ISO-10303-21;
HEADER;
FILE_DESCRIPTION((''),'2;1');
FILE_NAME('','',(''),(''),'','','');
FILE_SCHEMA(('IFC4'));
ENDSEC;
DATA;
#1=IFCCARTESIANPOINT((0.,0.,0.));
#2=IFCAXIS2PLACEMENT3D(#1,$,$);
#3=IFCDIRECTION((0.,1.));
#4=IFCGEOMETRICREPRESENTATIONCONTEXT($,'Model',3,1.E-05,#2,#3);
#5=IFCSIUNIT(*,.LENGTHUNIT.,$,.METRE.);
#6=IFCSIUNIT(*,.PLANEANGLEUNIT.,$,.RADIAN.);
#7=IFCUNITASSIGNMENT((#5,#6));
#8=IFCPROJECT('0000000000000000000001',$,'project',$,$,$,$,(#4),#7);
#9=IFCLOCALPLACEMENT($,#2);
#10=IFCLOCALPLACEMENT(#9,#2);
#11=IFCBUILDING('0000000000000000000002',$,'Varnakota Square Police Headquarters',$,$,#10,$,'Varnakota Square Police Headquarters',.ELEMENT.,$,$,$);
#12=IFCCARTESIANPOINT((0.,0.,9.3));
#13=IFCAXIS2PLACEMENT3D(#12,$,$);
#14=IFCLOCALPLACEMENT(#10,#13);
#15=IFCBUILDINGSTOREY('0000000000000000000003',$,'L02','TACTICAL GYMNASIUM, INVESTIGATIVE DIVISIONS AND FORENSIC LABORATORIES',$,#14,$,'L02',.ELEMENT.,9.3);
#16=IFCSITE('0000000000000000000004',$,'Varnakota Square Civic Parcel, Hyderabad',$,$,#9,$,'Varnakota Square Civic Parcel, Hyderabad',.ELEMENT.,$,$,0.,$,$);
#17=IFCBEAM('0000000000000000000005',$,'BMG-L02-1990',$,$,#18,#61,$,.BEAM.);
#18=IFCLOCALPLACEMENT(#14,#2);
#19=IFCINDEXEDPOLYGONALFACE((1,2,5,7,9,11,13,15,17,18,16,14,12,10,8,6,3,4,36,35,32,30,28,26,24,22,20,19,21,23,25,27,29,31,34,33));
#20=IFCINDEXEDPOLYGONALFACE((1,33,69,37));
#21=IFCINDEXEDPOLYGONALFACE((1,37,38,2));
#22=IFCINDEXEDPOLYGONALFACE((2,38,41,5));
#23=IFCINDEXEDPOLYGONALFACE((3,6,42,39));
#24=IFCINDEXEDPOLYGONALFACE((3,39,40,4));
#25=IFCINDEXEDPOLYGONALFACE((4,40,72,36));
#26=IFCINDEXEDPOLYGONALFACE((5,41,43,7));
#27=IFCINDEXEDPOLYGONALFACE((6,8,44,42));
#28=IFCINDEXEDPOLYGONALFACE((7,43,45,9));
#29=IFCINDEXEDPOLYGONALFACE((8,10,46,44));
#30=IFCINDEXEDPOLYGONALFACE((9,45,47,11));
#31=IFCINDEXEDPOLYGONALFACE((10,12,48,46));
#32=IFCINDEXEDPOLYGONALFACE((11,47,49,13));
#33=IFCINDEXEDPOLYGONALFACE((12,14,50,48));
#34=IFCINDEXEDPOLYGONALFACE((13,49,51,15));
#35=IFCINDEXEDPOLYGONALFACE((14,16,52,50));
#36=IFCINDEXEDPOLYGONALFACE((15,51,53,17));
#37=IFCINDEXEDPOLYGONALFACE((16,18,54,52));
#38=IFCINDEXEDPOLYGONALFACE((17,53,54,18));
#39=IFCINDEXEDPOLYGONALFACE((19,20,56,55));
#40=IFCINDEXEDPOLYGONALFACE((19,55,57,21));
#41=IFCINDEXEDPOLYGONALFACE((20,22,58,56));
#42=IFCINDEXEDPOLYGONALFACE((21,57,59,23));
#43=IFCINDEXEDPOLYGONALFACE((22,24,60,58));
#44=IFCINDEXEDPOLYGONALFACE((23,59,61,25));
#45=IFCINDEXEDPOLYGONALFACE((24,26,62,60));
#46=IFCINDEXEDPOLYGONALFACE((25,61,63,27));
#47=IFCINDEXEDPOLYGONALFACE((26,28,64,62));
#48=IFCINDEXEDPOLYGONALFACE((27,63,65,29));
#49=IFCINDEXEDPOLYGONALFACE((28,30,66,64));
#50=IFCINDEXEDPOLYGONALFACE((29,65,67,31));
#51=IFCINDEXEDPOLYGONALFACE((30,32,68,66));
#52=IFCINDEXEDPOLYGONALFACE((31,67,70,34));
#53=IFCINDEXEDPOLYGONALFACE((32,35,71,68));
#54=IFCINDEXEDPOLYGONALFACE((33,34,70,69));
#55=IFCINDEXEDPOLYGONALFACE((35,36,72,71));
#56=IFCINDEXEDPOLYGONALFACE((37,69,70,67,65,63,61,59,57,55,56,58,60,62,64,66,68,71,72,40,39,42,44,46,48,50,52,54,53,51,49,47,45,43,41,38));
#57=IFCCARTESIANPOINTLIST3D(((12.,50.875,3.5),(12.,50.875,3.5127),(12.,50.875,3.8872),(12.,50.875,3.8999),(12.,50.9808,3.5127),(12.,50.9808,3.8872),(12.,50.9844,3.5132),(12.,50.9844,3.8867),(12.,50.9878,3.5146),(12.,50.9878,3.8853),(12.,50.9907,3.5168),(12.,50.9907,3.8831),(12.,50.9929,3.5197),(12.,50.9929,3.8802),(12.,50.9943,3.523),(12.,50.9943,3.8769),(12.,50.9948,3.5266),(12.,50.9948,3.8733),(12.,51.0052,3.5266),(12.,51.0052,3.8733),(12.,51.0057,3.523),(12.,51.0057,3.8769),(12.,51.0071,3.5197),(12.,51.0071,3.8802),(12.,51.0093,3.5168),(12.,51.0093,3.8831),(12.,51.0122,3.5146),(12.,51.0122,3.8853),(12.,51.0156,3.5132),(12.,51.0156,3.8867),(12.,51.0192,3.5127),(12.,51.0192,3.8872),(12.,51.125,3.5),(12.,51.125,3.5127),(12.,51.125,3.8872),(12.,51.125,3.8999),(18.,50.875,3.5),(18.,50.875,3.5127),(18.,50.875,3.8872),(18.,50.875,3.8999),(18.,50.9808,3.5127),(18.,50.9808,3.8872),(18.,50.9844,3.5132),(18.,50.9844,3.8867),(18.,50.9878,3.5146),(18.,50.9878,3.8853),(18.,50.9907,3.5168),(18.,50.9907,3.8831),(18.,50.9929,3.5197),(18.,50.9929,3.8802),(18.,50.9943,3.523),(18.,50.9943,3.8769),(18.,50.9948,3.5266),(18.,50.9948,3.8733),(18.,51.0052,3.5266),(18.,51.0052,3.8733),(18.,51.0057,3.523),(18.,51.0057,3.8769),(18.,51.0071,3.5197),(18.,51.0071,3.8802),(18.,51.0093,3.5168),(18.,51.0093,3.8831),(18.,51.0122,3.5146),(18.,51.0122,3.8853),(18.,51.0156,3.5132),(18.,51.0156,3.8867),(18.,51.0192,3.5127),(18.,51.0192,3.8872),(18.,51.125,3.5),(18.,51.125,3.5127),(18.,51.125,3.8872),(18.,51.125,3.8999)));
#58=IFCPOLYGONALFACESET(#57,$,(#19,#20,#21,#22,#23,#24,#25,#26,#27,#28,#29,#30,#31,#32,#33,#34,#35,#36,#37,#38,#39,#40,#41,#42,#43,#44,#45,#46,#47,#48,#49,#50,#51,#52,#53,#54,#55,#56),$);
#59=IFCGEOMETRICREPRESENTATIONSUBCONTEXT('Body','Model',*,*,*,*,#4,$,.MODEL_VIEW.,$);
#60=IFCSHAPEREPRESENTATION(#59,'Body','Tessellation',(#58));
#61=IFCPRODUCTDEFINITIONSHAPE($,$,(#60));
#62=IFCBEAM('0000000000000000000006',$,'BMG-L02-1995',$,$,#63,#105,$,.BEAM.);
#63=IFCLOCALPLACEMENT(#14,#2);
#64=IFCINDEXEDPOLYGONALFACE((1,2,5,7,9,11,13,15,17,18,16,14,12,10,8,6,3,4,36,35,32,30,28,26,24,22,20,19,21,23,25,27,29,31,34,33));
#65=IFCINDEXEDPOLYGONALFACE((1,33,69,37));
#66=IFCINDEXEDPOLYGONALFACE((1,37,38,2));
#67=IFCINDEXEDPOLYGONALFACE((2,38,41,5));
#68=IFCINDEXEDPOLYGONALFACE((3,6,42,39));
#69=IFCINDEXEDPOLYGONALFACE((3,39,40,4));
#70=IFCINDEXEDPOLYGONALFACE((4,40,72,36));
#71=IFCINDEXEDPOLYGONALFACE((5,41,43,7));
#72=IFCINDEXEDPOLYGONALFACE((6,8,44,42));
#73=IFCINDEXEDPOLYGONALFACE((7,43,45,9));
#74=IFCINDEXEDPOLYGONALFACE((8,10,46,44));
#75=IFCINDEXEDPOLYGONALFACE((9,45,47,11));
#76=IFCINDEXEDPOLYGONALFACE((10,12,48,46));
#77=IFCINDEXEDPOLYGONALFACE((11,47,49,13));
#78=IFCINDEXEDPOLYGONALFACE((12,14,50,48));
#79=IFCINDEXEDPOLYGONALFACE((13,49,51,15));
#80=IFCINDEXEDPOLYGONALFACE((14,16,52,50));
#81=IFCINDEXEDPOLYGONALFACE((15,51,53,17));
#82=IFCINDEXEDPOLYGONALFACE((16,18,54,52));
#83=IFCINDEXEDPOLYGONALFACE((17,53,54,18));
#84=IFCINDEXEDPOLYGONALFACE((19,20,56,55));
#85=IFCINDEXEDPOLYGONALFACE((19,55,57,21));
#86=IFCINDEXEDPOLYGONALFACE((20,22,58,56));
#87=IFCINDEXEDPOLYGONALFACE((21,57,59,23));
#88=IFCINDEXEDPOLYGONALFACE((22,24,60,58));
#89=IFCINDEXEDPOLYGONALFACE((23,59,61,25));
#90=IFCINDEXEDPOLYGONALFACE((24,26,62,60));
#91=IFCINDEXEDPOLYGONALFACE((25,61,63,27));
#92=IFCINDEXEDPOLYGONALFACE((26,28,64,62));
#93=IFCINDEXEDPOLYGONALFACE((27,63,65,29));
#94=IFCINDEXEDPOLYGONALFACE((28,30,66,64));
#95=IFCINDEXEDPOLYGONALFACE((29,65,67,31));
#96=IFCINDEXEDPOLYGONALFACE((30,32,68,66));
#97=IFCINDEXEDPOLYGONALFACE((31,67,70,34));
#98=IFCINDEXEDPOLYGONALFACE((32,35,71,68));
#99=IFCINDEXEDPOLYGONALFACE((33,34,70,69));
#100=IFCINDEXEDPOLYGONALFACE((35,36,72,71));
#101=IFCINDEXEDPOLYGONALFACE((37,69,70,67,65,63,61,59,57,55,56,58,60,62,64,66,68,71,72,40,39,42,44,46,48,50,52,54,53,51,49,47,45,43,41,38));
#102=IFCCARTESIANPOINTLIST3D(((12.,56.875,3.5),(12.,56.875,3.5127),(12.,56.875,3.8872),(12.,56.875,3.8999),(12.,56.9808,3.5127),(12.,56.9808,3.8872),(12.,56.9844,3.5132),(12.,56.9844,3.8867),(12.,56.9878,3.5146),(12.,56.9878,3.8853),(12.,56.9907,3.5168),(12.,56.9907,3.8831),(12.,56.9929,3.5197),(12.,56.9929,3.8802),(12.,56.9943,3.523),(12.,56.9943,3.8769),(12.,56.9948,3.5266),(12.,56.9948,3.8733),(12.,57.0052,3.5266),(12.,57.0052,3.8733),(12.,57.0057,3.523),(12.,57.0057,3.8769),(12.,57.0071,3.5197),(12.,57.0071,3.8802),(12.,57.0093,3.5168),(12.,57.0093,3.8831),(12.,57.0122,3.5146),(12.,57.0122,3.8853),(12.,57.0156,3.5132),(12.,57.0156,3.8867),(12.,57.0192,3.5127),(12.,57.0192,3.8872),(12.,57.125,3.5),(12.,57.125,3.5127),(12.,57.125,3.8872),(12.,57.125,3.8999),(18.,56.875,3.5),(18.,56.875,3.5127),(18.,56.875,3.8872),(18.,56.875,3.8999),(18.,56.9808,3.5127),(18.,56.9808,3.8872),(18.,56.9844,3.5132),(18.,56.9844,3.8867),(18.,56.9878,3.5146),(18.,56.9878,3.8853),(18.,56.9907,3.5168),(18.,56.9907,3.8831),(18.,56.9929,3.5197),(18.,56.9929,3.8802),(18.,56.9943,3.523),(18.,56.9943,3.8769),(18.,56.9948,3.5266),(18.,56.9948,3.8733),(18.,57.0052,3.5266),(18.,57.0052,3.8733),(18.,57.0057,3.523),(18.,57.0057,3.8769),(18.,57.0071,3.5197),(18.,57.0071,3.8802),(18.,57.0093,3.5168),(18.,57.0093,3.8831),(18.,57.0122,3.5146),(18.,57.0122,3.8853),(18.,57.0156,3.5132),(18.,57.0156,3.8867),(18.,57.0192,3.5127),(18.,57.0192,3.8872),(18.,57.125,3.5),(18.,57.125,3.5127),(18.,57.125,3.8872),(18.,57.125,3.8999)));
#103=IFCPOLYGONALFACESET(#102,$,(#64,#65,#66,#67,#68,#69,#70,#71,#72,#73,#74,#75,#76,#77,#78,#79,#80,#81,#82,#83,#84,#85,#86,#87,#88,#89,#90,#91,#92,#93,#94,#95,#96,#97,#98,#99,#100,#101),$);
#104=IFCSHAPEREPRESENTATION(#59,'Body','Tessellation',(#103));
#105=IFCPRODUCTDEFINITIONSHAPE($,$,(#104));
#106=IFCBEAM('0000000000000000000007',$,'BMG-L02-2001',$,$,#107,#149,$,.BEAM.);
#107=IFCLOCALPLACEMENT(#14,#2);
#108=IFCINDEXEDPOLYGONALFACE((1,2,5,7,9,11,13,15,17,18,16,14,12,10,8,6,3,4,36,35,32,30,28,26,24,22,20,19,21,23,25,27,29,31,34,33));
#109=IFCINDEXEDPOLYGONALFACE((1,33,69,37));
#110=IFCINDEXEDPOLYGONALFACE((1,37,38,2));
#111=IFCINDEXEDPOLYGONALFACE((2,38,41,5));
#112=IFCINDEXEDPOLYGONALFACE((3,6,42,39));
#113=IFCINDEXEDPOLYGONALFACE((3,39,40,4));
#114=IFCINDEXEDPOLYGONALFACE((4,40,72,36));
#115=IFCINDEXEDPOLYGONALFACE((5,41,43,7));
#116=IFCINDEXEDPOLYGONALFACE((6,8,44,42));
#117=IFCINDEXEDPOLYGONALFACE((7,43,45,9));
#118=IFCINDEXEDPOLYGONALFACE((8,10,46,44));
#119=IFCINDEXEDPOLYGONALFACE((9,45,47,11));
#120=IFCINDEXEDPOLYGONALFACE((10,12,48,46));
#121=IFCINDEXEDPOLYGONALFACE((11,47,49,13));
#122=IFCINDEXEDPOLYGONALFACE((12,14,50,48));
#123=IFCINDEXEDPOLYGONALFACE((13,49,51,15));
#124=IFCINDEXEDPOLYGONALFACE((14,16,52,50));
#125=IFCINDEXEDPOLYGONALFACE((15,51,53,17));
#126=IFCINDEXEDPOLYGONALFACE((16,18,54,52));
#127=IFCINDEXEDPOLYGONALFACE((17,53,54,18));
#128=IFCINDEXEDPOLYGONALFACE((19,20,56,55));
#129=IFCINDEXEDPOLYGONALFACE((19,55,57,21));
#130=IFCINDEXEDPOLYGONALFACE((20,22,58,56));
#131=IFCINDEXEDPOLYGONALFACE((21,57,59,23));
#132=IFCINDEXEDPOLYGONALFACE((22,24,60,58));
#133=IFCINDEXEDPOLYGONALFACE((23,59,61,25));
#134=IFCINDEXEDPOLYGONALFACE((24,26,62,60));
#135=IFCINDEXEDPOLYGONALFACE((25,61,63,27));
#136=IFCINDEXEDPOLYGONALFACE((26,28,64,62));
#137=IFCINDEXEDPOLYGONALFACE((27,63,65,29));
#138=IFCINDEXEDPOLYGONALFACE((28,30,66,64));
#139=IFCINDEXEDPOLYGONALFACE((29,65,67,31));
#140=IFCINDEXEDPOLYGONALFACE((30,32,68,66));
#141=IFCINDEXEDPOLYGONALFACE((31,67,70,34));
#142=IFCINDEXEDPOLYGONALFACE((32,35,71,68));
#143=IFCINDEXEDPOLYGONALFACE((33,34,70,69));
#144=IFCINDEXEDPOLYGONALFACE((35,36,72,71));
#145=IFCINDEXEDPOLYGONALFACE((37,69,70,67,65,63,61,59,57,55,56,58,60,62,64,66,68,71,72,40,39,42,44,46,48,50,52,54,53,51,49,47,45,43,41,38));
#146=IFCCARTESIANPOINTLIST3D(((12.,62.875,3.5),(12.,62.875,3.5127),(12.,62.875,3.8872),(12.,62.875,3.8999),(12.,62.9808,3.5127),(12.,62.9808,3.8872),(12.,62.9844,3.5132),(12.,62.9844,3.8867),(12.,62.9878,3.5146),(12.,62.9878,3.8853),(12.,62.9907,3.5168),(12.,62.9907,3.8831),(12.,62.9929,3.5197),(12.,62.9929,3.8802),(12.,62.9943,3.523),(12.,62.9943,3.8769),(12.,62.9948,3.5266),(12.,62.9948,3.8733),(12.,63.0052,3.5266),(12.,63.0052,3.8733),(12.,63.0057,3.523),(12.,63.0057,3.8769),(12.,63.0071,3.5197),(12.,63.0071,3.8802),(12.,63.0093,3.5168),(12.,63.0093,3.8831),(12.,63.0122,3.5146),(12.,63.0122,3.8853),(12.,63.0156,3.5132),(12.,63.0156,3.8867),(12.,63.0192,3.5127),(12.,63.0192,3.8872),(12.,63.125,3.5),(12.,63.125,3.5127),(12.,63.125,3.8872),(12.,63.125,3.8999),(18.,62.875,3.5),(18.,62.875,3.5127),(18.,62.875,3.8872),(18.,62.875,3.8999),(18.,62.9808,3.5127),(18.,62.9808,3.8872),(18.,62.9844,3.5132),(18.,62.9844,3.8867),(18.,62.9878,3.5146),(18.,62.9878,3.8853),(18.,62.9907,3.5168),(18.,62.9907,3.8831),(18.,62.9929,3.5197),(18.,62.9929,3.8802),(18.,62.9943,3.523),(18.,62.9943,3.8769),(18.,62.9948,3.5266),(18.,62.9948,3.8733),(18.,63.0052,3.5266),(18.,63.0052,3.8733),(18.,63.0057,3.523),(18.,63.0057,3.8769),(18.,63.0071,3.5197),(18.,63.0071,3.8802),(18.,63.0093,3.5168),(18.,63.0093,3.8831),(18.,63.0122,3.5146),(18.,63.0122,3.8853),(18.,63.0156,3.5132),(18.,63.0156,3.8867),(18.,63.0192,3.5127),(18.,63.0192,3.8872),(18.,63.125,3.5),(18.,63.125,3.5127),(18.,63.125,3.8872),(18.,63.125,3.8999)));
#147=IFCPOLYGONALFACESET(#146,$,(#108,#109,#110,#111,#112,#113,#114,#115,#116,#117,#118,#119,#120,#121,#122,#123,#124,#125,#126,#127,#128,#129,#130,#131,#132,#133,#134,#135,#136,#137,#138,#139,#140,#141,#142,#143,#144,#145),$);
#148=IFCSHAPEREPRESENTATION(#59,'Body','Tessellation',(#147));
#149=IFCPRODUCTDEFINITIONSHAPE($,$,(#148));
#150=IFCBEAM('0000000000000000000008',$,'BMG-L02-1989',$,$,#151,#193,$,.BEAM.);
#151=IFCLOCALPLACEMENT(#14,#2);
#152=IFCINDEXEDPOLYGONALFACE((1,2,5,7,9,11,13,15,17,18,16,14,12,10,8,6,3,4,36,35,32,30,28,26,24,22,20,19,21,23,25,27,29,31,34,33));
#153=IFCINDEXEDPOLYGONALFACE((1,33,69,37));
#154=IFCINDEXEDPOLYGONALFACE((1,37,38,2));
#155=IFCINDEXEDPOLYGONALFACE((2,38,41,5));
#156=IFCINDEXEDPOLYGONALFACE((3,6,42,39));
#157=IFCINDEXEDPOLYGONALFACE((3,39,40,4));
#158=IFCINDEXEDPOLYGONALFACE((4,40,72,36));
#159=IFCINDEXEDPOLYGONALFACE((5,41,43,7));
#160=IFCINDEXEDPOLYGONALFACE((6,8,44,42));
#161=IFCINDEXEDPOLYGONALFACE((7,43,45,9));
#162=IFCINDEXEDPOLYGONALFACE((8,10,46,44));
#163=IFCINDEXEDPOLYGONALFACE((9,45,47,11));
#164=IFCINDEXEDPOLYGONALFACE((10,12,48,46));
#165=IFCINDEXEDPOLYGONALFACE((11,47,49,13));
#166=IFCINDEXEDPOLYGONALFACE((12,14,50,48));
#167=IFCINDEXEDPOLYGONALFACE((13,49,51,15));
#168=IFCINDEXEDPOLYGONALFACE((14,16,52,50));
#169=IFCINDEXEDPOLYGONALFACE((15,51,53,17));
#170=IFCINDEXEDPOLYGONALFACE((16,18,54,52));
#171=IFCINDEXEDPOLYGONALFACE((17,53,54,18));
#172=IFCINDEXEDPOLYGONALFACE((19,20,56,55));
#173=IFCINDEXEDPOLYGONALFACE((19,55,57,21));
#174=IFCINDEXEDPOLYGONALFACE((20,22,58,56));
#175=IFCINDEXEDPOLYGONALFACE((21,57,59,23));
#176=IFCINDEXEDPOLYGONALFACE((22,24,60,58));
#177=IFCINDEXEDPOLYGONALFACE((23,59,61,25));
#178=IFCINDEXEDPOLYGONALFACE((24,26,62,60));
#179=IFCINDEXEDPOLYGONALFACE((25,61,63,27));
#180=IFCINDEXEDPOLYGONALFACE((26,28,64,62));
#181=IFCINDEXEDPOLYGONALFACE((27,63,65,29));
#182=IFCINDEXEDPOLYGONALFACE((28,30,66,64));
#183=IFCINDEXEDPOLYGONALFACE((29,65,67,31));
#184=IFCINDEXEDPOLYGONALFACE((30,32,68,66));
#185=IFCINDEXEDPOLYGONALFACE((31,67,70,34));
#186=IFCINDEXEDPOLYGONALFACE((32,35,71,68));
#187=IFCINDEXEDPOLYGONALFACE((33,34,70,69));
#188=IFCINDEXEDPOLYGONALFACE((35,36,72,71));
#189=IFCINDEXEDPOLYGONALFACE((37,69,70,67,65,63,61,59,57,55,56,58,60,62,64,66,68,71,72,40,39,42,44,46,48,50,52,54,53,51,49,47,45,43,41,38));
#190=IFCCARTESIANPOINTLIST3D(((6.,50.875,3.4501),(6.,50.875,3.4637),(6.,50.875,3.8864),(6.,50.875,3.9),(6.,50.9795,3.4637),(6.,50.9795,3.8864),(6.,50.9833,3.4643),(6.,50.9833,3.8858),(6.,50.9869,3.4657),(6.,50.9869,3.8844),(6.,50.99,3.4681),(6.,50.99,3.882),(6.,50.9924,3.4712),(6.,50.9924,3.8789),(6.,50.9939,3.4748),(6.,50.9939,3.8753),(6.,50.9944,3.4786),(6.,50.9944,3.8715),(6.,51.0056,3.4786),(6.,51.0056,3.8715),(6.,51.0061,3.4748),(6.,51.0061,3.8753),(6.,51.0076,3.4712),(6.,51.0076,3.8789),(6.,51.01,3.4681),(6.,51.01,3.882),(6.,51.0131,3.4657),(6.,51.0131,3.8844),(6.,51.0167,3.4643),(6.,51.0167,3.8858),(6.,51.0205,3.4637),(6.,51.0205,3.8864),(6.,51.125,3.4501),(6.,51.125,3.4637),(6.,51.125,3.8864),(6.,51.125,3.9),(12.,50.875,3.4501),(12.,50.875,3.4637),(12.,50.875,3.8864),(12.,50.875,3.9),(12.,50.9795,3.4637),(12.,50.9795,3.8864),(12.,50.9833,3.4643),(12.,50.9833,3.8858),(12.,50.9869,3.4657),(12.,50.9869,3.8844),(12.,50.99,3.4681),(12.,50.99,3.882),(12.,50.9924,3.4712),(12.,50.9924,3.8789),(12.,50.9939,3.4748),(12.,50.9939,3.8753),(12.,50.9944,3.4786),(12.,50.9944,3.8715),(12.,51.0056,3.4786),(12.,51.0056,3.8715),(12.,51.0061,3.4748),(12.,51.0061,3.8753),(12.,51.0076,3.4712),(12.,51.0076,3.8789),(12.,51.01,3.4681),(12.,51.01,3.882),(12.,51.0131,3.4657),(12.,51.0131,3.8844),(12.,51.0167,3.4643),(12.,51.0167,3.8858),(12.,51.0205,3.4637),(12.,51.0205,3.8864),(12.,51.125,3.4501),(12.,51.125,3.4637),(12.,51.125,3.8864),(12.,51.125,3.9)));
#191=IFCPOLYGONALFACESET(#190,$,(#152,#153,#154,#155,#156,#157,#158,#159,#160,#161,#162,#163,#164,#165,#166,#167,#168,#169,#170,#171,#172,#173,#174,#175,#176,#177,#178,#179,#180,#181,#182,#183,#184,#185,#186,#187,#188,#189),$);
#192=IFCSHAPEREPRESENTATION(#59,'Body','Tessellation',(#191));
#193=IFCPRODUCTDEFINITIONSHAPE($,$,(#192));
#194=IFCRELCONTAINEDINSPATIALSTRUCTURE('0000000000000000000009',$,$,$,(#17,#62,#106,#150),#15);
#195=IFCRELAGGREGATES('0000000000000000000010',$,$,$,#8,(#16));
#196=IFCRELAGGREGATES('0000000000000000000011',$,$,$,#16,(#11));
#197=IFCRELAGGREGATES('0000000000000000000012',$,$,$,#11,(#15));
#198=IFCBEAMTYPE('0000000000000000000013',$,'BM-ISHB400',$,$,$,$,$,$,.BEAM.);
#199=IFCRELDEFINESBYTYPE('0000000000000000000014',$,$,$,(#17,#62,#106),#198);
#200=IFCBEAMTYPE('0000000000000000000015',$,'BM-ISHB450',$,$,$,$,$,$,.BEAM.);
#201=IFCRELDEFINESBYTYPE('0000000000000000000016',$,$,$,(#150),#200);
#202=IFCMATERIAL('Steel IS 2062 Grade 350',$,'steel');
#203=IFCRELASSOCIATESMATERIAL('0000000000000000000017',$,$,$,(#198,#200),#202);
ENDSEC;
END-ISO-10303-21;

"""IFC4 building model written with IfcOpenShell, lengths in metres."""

from ifc_helpers import new_model, si_unit, direction, frame, origin, origin_2d, place, context, subcontext, project, spatial, i_section, extrude, material, material_profile, profile_set, type_object, element, save


model = new_model("IFC4")

# Units and contexts
model_context = context("Model", 3, precision=1e-05, world=origin(), true_north=direction((0.0, 1.0)))
body_context = subcontext(model_context, "Body", "Model", "MODEL_VIEW")
ifc_project = project(units=[si_unit("LENGTHUNIT", "METRE"), si_unit("PLANEANGLEUNIT", "RADIAN")], contexts=[model_context])

# Site, building, storey
site_placement = place(None, origin())
site = spatial("IfcSite", under=ifc_project, at=site_placement, Name="Varnakota Square Civic Parcel, Hyderabad", LongName="Varnakota Square Civic Parcel, Hyderabad", CompositionType="ELEMENT", RefElevation=0.0)
building_placement = place(site_placement, origin())
building = spatial("IfcBuilding", under=site, at=building_placement, Name="Varnakota Square Police Headquarters", LongName="Varnakota Square Police Headquarters", CompositionType="ELEMENT")
storey_placement = place(building_placement, frame((0.0, 0.0, 9.3)))
storey = spatial("IfcBuildingStorey", under=building, at=storey_placement, Name="L02", Description="TACTICAL GYMNASIUM, INVESTIGATIVE DIVISIONS AND FORENSIC LABORATORIES", LongName="L02", CompositionType="ELEMENT", Elevation=9.3)

# Shared definitions
ifc_material_1 = material(Name="Steel IS 2062 Grade 350", Category="steel")

# Beams
ifc_material_profile_1 = material_profile(ifc_material_1, i_section(OverallWidth=0.25, OverallDepth=0.3999, WebThickness=0.0105, FlangeThickness=0.0127, FilletRadius=0.0139, at=origin_2d()), Name="ISHB 400")
ifc_profile_set_1 = profile_set([ifc_material_profile_1], Name="Steel IS 2062 Grade 350")
beam_type_1 = type_object("IfcBeamType", Name="BM-ISHB400", PredefinedType="BEAM", material=ifc_profile_set_1)
for number, where, z_axis, x_axis, name in (
    (1, (12.0, 51.0, 3.7), (1.0, 0.0, 0.0), (0.0, 1.0, 0.0), "BMG-L02-1990"),
    (2, (12.0, 57.0, 3.7), (1.0, 0.0, 0.0), (0.0, 1.0, 0.0), "BMG-L02-1995"),
    (3, (12.0, 63.0, 3.7), (1.0, 0.0, 0.0), (0.0, 1.0, 0.0), "BMG-L02-2001"),
):
    element("IfcBeam", number, at=place(storey_placement, frame(where, z_axis=z_axis, x_axis=x_axis)), inside=storey, type_object=beam_type_1, Name=name, PredefinedType="BEAM", context=body_context, shape_type="SweptSolid", body=[
        extrude(i_section(OverallWidth=0.25, OverallDepth=0.3999, WebThickness=0.0105, FlangeThickness=0.0127, FilletRadius=0.0139, at=origin_2d()), origin(), (0.0, 0.0, 1.0), 6.0),
    ])
ifc_material_profile_2 = material_profile(ifc_material_1, i_section(OverallWidth=0.25, OverallDepth=0.45, WebThickness=0.0112, FlangeThickness=0.0137, FilletRadius=0.0149, at=origin_2d()), Name="ISHB 450")
ifc_profile_set_2 = profile_set([ifc_material_profile_2], Name="Steel IS 2062 Grade 350")
beam_type_2 = type_object("IfcBeamType", Name="BM-ISHB450", PredefinedType="BEAM", material=ifc_profile_set_2)
for number, where, z_axis, x_axis, name in (
    (4, (6.0, 51.0, 3.675), (1.0, 0.0, 0.0), (0.0, 1.0, 0.0), "BMG-L02-1989"),
):
    element("IfcBeam", number, at=place(storey_placement, frame(where, z_axis=z_axis, x_axis=x_axis)), inside=storey, type_object=beam_type_2, Name=name, PredefinedType="BEAM", context=body_context, shape_type="SweptSolid", body=[
        extrude(i_section(OverallWidth=0.25, OverallDepth=0.45, WebThickness=0.0112, FlangeThickness=0.0137, FilletRadius=0.0149, at=origin_2d()), origin(), (0.0, 0.0, 1.0), 6.0),
    ])

save(model, "model.ifc")
